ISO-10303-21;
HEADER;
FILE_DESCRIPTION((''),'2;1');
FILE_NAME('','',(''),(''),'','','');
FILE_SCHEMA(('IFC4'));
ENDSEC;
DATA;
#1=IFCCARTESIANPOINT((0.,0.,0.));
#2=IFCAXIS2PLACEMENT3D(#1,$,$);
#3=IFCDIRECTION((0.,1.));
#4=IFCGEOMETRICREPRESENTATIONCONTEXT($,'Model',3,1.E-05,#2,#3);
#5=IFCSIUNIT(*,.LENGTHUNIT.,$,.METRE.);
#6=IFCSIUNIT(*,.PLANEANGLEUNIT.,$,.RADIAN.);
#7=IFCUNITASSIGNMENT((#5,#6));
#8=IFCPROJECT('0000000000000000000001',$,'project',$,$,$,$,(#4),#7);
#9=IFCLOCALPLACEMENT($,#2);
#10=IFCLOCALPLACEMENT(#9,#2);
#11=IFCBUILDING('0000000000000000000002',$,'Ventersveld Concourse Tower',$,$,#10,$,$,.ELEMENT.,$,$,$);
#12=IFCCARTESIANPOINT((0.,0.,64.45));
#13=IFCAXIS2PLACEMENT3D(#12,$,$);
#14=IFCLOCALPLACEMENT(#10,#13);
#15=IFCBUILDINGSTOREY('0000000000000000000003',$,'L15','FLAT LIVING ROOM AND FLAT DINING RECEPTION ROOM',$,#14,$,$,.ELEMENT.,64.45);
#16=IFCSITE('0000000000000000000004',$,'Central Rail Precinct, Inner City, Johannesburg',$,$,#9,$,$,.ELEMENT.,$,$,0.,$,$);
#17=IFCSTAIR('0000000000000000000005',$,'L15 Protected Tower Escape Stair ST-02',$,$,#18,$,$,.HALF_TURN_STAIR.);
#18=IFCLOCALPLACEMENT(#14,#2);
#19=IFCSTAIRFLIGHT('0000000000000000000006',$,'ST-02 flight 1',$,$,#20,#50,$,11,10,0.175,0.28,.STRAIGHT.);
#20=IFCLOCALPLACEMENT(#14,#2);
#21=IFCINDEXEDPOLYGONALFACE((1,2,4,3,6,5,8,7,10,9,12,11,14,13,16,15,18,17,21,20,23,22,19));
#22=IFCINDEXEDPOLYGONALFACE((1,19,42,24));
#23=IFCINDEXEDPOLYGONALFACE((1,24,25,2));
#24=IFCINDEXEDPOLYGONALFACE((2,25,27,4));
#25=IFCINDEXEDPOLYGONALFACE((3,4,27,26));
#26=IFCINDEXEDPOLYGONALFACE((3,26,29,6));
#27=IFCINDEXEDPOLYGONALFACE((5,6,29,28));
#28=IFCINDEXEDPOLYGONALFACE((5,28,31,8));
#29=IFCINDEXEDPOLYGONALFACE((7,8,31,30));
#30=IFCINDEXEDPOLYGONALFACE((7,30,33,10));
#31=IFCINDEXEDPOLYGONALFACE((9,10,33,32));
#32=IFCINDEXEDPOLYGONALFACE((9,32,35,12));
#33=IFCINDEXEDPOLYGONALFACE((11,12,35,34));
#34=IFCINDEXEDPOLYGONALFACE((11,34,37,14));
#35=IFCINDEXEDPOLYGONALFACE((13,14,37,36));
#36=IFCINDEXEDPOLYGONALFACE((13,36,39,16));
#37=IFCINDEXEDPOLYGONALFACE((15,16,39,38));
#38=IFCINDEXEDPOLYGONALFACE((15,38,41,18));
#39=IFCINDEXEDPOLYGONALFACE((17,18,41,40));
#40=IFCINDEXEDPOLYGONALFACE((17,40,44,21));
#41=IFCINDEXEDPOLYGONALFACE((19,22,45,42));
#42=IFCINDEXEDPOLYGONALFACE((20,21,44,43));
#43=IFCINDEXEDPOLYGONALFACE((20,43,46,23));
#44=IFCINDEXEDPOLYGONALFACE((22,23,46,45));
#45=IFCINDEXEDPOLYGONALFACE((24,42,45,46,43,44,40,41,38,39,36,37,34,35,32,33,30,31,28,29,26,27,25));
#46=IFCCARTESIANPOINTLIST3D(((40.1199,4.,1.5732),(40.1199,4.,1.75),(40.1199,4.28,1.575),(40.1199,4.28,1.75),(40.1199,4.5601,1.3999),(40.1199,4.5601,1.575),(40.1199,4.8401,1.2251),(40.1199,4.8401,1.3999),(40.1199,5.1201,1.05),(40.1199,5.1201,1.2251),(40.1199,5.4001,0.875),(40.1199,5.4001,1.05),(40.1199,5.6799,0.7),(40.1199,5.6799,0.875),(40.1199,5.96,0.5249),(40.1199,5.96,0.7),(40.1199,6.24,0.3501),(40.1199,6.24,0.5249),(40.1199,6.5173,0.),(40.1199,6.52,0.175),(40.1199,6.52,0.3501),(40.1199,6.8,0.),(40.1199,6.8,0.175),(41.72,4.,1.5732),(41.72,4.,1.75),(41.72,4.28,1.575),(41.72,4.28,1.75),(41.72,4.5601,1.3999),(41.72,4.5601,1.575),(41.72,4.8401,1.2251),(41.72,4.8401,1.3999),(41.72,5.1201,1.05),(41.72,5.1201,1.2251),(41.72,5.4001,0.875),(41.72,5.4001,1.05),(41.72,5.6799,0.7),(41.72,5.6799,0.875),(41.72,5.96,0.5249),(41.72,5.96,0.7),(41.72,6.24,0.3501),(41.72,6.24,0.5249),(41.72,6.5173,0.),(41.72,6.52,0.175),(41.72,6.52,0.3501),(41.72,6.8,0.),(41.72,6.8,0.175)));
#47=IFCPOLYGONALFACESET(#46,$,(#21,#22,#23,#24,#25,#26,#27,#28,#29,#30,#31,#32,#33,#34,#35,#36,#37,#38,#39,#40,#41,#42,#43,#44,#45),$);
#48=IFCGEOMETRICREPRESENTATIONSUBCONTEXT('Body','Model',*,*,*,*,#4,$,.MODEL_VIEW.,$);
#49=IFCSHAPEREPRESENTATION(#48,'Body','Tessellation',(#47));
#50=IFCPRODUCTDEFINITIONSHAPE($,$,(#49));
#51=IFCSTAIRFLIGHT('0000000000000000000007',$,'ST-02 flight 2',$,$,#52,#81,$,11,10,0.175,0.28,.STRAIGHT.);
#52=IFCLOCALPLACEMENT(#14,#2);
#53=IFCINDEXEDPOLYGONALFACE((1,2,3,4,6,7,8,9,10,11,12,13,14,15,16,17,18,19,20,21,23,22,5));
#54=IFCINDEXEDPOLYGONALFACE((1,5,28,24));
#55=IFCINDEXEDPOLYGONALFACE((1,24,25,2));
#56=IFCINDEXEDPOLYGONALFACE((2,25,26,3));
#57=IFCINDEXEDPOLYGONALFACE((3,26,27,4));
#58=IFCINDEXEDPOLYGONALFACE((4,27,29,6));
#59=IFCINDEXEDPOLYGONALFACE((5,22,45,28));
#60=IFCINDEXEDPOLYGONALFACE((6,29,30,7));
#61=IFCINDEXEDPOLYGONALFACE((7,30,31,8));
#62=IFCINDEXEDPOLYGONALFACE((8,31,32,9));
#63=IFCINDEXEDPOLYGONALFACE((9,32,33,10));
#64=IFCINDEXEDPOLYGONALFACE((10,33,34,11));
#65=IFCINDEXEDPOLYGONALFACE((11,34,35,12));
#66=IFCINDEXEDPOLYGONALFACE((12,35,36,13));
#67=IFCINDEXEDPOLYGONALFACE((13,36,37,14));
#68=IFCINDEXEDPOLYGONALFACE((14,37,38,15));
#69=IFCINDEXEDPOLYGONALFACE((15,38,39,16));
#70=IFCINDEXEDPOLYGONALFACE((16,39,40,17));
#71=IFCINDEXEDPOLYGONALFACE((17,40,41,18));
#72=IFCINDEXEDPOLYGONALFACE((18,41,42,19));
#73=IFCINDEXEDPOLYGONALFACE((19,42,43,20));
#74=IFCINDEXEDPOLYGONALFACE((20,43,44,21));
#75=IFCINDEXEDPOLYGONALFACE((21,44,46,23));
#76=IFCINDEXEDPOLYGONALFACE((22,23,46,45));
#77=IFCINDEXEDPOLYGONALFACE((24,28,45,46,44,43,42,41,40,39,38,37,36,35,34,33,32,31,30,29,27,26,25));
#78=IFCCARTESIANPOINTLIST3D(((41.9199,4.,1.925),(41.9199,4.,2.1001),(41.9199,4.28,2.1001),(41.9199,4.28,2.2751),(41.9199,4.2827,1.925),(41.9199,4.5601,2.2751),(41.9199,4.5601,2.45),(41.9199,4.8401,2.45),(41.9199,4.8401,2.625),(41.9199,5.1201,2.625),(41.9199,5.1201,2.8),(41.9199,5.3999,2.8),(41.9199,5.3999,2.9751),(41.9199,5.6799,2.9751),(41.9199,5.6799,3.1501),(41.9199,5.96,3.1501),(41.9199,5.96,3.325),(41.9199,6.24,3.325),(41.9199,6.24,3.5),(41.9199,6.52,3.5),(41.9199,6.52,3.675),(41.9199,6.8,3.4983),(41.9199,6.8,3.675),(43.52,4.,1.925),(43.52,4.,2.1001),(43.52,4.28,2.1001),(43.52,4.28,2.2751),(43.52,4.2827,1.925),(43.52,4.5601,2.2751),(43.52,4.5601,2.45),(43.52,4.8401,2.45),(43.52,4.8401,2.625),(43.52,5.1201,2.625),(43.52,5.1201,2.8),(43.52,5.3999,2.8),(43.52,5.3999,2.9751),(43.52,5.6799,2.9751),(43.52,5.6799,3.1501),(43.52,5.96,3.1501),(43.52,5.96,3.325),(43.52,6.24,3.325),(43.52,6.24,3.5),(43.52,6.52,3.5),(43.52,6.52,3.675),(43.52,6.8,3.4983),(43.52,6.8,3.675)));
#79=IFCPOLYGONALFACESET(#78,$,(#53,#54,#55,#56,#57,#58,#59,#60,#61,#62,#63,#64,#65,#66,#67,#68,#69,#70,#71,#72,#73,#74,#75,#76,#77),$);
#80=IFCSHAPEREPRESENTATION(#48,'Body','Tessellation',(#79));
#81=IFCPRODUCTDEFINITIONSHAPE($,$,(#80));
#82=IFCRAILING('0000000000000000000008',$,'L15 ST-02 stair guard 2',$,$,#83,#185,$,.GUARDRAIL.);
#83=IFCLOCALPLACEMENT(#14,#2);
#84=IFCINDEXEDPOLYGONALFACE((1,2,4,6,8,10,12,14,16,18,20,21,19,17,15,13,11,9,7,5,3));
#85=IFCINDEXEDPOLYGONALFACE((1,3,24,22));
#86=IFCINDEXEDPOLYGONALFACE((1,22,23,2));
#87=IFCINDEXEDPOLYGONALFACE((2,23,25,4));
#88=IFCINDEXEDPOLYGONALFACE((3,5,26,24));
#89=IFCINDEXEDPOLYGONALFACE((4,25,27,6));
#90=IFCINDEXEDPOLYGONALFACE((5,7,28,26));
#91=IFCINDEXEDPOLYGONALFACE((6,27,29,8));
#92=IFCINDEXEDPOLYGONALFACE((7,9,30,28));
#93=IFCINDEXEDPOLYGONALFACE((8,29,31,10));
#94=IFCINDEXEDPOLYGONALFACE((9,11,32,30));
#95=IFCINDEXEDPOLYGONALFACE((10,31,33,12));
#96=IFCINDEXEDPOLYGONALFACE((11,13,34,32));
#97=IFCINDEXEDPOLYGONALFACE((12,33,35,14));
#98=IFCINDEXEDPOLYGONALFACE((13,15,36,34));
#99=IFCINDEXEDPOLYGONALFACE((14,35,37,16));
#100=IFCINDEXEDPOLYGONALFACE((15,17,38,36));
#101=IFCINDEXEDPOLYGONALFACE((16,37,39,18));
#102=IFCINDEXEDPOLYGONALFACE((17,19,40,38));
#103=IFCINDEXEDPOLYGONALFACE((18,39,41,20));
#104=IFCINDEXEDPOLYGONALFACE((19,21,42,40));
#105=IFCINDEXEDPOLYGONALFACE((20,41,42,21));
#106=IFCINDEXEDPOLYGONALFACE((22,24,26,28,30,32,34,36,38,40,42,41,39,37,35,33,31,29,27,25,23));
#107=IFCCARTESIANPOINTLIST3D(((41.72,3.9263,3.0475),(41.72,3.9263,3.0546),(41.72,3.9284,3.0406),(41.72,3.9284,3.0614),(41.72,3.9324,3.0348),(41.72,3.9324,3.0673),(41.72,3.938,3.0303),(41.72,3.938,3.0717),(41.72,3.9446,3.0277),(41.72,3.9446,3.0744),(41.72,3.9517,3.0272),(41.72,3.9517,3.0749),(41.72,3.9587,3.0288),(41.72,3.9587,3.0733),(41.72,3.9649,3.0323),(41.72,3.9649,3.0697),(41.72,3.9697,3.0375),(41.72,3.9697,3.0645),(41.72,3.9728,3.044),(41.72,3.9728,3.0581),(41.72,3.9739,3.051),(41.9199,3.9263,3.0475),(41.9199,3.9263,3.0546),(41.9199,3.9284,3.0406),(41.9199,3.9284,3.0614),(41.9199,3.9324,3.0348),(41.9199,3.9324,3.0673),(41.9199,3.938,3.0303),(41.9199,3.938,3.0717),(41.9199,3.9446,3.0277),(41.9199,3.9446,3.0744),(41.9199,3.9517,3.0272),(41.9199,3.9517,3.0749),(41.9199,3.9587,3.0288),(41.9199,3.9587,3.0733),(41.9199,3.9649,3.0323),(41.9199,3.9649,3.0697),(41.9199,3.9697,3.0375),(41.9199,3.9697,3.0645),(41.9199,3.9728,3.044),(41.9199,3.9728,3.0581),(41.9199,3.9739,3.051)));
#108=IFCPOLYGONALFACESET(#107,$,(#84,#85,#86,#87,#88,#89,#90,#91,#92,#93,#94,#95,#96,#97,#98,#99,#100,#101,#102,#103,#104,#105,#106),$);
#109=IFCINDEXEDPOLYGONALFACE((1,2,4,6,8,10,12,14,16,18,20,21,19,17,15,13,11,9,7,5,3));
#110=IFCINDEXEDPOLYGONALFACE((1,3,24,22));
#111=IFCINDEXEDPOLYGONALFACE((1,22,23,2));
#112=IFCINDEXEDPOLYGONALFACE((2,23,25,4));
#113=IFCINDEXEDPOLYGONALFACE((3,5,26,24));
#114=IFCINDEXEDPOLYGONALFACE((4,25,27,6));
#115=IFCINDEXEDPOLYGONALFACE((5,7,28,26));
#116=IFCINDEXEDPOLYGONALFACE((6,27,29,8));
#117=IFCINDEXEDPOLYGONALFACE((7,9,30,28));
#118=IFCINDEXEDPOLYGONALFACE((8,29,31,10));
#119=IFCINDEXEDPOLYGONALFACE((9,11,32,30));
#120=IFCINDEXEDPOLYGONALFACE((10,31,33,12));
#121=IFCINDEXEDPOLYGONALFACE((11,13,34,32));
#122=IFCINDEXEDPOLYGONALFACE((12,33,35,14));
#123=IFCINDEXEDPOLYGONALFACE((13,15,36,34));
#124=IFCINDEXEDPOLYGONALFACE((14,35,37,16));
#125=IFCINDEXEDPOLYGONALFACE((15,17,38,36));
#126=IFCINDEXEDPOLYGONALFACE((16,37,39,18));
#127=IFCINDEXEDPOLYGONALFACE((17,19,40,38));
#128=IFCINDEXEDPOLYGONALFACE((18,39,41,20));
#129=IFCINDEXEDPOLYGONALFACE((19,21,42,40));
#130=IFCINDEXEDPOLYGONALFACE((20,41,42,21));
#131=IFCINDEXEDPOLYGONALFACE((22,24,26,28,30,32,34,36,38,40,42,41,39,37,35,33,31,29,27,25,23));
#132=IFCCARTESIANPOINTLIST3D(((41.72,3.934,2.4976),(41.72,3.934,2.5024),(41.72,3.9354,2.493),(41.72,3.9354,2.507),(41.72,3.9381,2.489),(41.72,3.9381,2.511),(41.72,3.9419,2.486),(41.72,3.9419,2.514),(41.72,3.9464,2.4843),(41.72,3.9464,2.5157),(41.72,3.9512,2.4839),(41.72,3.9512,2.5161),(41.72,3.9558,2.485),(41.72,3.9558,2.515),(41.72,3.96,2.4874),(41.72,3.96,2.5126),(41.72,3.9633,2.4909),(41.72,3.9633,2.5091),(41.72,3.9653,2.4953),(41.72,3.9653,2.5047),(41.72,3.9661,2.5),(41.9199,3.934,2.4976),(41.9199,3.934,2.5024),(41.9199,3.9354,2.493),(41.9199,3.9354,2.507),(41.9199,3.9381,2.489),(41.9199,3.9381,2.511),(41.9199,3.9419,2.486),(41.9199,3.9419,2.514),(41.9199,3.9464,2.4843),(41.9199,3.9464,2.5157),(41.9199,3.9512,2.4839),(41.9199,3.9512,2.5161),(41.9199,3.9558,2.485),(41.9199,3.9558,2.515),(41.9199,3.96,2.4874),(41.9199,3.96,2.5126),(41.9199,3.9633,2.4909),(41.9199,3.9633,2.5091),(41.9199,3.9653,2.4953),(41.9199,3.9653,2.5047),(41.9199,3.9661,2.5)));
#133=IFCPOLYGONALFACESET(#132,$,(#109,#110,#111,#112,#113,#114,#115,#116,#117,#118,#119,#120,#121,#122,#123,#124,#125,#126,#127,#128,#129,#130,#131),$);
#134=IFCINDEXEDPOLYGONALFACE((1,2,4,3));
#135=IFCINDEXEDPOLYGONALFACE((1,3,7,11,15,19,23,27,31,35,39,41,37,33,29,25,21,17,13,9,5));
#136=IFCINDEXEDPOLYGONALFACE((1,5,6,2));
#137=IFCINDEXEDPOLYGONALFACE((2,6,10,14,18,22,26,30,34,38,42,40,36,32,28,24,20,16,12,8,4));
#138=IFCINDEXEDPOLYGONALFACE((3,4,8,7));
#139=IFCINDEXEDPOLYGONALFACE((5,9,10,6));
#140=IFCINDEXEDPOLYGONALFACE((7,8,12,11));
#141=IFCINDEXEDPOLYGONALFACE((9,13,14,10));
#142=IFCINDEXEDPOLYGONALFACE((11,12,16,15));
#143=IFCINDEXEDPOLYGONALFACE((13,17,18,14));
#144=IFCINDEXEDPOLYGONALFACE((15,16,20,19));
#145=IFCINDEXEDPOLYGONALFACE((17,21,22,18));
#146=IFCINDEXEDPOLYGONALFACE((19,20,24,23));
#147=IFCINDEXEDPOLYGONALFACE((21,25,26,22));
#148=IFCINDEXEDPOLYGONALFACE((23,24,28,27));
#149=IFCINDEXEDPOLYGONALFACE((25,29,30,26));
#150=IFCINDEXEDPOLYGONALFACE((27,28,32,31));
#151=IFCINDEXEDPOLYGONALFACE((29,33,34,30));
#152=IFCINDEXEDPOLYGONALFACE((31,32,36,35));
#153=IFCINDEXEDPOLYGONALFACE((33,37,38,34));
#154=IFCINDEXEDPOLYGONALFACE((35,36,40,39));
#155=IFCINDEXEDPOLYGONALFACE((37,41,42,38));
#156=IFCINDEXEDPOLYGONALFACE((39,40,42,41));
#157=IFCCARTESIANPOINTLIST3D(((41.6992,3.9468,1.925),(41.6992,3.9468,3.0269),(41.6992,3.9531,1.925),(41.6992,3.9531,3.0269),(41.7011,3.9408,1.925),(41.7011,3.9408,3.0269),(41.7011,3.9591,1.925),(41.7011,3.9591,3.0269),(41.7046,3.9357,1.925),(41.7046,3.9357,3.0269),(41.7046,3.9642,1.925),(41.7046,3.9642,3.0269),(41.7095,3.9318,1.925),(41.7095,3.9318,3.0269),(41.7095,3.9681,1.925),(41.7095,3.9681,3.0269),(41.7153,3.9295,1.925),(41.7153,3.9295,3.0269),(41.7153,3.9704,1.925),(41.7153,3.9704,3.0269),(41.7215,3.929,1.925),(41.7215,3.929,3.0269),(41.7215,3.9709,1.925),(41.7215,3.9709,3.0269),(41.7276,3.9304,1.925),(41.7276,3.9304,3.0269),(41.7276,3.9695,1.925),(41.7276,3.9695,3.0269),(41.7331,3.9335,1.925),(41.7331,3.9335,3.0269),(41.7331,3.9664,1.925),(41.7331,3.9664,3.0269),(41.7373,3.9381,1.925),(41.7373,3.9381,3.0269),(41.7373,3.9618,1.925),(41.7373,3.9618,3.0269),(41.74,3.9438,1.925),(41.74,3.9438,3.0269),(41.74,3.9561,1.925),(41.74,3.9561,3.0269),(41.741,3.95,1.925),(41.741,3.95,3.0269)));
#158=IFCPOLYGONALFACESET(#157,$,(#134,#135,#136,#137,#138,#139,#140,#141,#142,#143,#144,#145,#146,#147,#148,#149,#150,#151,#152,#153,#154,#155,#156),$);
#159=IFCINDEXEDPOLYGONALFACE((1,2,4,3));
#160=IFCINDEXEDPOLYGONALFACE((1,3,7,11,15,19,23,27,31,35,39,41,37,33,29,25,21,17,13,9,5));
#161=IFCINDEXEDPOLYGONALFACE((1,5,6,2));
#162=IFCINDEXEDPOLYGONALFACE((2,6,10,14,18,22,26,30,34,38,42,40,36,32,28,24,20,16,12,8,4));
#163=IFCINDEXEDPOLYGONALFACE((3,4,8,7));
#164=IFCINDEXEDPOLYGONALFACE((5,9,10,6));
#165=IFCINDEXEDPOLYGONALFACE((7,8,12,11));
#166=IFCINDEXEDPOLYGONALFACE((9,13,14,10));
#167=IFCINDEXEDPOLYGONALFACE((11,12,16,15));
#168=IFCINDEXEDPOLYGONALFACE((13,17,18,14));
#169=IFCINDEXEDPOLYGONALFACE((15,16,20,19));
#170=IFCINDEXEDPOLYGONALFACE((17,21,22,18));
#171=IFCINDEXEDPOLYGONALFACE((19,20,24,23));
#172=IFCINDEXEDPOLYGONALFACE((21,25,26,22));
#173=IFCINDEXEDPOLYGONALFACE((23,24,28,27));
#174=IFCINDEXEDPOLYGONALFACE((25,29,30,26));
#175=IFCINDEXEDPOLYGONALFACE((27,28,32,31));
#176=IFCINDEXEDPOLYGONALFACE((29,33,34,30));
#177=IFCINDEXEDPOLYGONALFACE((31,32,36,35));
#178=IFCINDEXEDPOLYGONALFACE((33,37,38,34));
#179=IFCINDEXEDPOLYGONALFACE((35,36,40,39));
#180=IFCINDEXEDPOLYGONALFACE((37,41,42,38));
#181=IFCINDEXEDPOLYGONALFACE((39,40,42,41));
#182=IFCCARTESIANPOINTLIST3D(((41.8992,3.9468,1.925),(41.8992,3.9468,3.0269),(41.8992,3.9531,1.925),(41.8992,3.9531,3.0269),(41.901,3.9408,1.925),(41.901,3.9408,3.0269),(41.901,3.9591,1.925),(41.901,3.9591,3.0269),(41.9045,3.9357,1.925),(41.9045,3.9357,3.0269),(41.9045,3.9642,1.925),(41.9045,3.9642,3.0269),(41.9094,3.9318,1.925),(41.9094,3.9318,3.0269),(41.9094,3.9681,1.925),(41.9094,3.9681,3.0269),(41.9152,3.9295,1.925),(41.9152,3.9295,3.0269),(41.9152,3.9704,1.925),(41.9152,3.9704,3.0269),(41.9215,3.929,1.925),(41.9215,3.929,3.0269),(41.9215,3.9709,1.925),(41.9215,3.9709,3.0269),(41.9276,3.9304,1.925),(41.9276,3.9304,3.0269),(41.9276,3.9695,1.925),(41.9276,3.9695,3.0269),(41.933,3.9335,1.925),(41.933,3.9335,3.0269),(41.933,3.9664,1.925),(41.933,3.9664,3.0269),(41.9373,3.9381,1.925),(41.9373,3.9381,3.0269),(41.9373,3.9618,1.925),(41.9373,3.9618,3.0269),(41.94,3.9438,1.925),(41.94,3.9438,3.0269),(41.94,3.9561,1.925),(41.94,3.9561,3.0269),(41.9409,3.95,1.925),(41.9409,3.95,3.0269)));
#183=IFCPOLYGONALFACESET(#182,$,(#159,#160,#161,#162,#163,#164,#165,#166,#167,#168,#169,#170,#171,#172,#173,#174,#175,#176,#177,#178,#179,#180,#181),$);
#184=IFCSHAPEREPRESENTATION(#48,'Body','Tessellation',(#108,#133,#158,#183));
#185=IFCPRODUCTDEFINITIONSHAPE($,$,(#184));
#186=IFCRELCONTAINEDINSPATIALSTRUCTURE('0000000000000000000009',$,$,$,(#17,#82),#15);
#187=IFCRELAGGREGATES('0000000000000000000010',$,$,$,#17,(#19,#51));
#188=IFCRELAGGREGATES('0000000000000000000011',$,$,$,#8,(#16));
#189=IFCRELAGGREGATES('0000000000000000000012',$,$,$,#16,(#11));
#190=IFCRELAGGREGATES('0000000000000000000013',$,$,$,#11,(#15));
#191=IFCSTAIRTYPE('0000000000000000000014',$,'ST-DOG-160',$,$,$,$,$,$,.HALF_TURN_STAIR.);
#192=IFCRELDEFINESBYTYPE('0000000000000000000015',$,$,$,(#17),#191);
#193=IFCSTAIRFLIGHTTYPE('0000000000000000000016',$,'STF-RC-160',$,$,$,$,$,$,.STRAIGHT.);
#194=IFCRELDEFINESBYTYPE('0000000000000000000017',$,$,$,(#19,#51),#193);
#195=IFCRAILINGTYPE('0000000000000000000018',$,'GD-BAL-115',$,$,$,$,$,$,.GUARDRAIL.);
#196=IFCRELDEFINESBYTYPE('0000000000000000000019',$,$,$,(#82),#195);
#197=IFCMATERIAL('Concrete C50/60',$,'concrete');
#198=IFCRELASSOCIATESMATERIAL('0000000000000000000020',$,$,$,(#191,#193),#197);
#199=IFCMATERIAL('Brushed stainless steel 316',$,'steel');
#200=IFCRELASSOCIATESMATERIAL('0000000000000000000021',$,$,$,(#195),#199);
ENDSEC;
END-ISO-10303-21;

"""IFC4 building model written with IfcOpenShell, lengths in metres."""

from ifc_helpers import new_model, si_unit, direction, frame, origin, origin_2d, place, context, subcontext, project, spatial, polyline, circle, outline, extrude, material, type_object, element, aggregate, save


model = new_model("IFC4")

# Units and contexts
model_context = context("Model", 3, precision=1e-05, world=origin(), true_north=direction((0.0, 1.0)))
body_context = subcontext(model_context, "Body", "Model", "MODEL_VIEW")
ifc_project = project(units=[si_unit("LENGTHUNIT", "METRE"), si_unit("PLANEANGLEUNIT", "RADIAN")], contexts=[model_context])

# Site, building, storey
site_placement = place(None, origin())
site = spatial("IfcSite", under=ifc_project, at=site_placement, Name="Central Rail Precinct, Inner City, Johannesburg", CompositionType="ELEMENT", RefElevation=0.0)
building_placement = place(site_placement, origin())
building = spatial("IfcBuilding", under=site, at=building_placement, Name="Ventersveld Concourse Tower", CompositionType="ELEMENT")
storey_placement = place(building_placement, frame((0.0, 0.0, 64.45)))
storey = spatial("IfcBuildingStorey", under=building, at=storey_placement, Name="L15", Description="FLAT LIVING ROOM AND FLAT DINING RECEPTION ROOM", CompositionType="ELEMENT", Elevation=64.45)

# Shared definitions
ifc_material_1 = material(Name="Concrete C50/60", Category="concrete")

# Stair, stair flights
stair_type = type_object("IfcStairType", Name="ST-DOG-160", PredefinedType="HALF_TURN_STAIR", material=ifc_material_1)
stair_placement = place(storey_placement, origin())
stair = element("IfcStair", 1, at=stair_placement, inside=storey, type_object=stair_type, Name="L15 Protected Tower Escape Stair ST-02", PredefinedType="HALF_TURN_STAIR")
stair_flight_type = type_object("IfcStairFlightType", Name="STF-RC-160", PredefinedType="STRAIGHT", material=ifc_material_1)
stair_flight_1_placement = place(storey_placement, frame((40.9199, 6.8, 0.0), z_axis=(0.0, 0.0, 1.0), x_axis=(0.0, -1.0, 0.0)))
stair_flight_1 = element("IfcStairFlight", 2, at=stair_flight_1_placement, type_object=stair_flight_type, Name="ST-02 flight 1", NumberOfRisers=11, NumberOfTreads=10, PredefinedType="STRAIGHT", RiserHeight=0.175, TreadLength=0.28, context=body_context, shape_type="SweptSolid", body=[
    extrude(outline(polyline([(0.0, 0.0), (0.0, 0.175), (0.28, 0.175), (0.28, 0.3501), (0.5601, 0.3501), (0.5601, 0.5249), (0.8401, 0.5249), (0.8401, 0.7), (1.1201, 0.7), (1.1201, 0.875), (1.3999, 0.875), (1.3999, 1.05), (1.6799, 1.05), (1.6799, 1.2251), (1.96, 1.2251), (1.96, 1.3999), (2.24, 1.3999), (2.24, 1.575), (2.52, 1.575), (2.52, 1.75), (2.8, 1.75), (2.8, 1.925), (2.8, 1.5732), (0.2827, 0.0), (0.0, 0.0)])), frame((0.0, 0.8, 0.0), z_axis=(0.0, -1.0, 0.0), x_axis=(1.0, 0.0, 0.0)), (0.0, 0.0, 1.0), 1.6001),
])
stair_flight_2_placement = place(storey_placement, frame((42.72, 4.0, 1.925), z_axis=(0.0, 0.0, 1.0), x_axis=(0.0, 1.0, 0.0)))
stair_flight_2 = element("IfcStairFlight", 3, at=stair_flight_2_placement, type_object=stair_flight_type, Name="ST-02 flight 2", NumberOfRisers=11, NumberOfTreads=10, PredefinedType="STRAIGHT", RiserHeight=0.175, TreadLength=0.28, context=body_context, shape_type="SweptSolid", body=[
    extrude(outline(polyline([(0.0, 0.0), (0.0, 0.175), (0.28, 0.175), (0.28, 0.3501), (0.5601, 0.3501), (0.5601, 0.5249), (0.8401, 0.5249), (0.8401, 0.7), (1.1201, 0.7), (1.1201, 0.875), (1.3999, 0.875), (1.3999, 1.05), (1.6799, 1.05), (1.6799, 1.2251), (1.96, 1.2251), (1.96, 1.3999), (2.24, 1.3999), (2.24, 1.575), (2.52, 1.575), (2.52, 1.75), (2.8, 1.75), (2.8, 1.925), (2.8, 1.5732), (0.2827, 0.0), (0.0, 0.0)])), frame((0.0, 0.8, 0.0), z_axis=(0.0, -1.0, 0.0), x_axis=(1.0, 0.0, 0.0)), (0.0, 0.0, 1.0), 1.6001),
])
aggregate(stair, [stair_flight_1, stair_flight_2])

# Railing
ifc_material_2 = material(Name="Brushed stainless steel 316", Category="steel")
railing_type_1 = type_object("IfcRailingType", Name="GD-BAL-115", PredefinedType="GUARDRAIL", material=ifc_material_2)
railing_1_placement = place(storey_placement, frame((41.72, 3.95, 1.925)))
element("IfcRailing", 4, at=railing_1_placement, inside=storey, type_object=railing_type_1, Name="L15 ST-02 stair guard 2", PredefinedType="GUARDRAIL", context=body_context, shape_type="SweptSolid", body=[
    extrude(circle(Radius=0.0239, at=origin_2d()), frame((0.0, 0.0, 1.126), z_axis=(1.0, 0.0, 0.0), x_axis=(0.0, 1.0, 0.0)), (0.0, 0.0, 1.0), 0.2),
    extrude(circle(Radius=0.0161, at=origin_2d()), frame((0.0, 0.0, 0.575), z_axis=(1.0, 0.0, 0.0), x_axis=(0.0, 1.0, 0.0)), (0.0, 0.0, 1.0), 0.2),
    extrude(circle(Radius=0.021, at=origin_2d()), origin(), (0.0, 0.0, 1.0), 1.1018),
    extrude(circle(Radius=0.021, at=origin_2d()), frame((0.2, 0.0, 0.0)), (0.0, 0.0, 1.0), 1.1018),
])

save(model, "model.ifc")
